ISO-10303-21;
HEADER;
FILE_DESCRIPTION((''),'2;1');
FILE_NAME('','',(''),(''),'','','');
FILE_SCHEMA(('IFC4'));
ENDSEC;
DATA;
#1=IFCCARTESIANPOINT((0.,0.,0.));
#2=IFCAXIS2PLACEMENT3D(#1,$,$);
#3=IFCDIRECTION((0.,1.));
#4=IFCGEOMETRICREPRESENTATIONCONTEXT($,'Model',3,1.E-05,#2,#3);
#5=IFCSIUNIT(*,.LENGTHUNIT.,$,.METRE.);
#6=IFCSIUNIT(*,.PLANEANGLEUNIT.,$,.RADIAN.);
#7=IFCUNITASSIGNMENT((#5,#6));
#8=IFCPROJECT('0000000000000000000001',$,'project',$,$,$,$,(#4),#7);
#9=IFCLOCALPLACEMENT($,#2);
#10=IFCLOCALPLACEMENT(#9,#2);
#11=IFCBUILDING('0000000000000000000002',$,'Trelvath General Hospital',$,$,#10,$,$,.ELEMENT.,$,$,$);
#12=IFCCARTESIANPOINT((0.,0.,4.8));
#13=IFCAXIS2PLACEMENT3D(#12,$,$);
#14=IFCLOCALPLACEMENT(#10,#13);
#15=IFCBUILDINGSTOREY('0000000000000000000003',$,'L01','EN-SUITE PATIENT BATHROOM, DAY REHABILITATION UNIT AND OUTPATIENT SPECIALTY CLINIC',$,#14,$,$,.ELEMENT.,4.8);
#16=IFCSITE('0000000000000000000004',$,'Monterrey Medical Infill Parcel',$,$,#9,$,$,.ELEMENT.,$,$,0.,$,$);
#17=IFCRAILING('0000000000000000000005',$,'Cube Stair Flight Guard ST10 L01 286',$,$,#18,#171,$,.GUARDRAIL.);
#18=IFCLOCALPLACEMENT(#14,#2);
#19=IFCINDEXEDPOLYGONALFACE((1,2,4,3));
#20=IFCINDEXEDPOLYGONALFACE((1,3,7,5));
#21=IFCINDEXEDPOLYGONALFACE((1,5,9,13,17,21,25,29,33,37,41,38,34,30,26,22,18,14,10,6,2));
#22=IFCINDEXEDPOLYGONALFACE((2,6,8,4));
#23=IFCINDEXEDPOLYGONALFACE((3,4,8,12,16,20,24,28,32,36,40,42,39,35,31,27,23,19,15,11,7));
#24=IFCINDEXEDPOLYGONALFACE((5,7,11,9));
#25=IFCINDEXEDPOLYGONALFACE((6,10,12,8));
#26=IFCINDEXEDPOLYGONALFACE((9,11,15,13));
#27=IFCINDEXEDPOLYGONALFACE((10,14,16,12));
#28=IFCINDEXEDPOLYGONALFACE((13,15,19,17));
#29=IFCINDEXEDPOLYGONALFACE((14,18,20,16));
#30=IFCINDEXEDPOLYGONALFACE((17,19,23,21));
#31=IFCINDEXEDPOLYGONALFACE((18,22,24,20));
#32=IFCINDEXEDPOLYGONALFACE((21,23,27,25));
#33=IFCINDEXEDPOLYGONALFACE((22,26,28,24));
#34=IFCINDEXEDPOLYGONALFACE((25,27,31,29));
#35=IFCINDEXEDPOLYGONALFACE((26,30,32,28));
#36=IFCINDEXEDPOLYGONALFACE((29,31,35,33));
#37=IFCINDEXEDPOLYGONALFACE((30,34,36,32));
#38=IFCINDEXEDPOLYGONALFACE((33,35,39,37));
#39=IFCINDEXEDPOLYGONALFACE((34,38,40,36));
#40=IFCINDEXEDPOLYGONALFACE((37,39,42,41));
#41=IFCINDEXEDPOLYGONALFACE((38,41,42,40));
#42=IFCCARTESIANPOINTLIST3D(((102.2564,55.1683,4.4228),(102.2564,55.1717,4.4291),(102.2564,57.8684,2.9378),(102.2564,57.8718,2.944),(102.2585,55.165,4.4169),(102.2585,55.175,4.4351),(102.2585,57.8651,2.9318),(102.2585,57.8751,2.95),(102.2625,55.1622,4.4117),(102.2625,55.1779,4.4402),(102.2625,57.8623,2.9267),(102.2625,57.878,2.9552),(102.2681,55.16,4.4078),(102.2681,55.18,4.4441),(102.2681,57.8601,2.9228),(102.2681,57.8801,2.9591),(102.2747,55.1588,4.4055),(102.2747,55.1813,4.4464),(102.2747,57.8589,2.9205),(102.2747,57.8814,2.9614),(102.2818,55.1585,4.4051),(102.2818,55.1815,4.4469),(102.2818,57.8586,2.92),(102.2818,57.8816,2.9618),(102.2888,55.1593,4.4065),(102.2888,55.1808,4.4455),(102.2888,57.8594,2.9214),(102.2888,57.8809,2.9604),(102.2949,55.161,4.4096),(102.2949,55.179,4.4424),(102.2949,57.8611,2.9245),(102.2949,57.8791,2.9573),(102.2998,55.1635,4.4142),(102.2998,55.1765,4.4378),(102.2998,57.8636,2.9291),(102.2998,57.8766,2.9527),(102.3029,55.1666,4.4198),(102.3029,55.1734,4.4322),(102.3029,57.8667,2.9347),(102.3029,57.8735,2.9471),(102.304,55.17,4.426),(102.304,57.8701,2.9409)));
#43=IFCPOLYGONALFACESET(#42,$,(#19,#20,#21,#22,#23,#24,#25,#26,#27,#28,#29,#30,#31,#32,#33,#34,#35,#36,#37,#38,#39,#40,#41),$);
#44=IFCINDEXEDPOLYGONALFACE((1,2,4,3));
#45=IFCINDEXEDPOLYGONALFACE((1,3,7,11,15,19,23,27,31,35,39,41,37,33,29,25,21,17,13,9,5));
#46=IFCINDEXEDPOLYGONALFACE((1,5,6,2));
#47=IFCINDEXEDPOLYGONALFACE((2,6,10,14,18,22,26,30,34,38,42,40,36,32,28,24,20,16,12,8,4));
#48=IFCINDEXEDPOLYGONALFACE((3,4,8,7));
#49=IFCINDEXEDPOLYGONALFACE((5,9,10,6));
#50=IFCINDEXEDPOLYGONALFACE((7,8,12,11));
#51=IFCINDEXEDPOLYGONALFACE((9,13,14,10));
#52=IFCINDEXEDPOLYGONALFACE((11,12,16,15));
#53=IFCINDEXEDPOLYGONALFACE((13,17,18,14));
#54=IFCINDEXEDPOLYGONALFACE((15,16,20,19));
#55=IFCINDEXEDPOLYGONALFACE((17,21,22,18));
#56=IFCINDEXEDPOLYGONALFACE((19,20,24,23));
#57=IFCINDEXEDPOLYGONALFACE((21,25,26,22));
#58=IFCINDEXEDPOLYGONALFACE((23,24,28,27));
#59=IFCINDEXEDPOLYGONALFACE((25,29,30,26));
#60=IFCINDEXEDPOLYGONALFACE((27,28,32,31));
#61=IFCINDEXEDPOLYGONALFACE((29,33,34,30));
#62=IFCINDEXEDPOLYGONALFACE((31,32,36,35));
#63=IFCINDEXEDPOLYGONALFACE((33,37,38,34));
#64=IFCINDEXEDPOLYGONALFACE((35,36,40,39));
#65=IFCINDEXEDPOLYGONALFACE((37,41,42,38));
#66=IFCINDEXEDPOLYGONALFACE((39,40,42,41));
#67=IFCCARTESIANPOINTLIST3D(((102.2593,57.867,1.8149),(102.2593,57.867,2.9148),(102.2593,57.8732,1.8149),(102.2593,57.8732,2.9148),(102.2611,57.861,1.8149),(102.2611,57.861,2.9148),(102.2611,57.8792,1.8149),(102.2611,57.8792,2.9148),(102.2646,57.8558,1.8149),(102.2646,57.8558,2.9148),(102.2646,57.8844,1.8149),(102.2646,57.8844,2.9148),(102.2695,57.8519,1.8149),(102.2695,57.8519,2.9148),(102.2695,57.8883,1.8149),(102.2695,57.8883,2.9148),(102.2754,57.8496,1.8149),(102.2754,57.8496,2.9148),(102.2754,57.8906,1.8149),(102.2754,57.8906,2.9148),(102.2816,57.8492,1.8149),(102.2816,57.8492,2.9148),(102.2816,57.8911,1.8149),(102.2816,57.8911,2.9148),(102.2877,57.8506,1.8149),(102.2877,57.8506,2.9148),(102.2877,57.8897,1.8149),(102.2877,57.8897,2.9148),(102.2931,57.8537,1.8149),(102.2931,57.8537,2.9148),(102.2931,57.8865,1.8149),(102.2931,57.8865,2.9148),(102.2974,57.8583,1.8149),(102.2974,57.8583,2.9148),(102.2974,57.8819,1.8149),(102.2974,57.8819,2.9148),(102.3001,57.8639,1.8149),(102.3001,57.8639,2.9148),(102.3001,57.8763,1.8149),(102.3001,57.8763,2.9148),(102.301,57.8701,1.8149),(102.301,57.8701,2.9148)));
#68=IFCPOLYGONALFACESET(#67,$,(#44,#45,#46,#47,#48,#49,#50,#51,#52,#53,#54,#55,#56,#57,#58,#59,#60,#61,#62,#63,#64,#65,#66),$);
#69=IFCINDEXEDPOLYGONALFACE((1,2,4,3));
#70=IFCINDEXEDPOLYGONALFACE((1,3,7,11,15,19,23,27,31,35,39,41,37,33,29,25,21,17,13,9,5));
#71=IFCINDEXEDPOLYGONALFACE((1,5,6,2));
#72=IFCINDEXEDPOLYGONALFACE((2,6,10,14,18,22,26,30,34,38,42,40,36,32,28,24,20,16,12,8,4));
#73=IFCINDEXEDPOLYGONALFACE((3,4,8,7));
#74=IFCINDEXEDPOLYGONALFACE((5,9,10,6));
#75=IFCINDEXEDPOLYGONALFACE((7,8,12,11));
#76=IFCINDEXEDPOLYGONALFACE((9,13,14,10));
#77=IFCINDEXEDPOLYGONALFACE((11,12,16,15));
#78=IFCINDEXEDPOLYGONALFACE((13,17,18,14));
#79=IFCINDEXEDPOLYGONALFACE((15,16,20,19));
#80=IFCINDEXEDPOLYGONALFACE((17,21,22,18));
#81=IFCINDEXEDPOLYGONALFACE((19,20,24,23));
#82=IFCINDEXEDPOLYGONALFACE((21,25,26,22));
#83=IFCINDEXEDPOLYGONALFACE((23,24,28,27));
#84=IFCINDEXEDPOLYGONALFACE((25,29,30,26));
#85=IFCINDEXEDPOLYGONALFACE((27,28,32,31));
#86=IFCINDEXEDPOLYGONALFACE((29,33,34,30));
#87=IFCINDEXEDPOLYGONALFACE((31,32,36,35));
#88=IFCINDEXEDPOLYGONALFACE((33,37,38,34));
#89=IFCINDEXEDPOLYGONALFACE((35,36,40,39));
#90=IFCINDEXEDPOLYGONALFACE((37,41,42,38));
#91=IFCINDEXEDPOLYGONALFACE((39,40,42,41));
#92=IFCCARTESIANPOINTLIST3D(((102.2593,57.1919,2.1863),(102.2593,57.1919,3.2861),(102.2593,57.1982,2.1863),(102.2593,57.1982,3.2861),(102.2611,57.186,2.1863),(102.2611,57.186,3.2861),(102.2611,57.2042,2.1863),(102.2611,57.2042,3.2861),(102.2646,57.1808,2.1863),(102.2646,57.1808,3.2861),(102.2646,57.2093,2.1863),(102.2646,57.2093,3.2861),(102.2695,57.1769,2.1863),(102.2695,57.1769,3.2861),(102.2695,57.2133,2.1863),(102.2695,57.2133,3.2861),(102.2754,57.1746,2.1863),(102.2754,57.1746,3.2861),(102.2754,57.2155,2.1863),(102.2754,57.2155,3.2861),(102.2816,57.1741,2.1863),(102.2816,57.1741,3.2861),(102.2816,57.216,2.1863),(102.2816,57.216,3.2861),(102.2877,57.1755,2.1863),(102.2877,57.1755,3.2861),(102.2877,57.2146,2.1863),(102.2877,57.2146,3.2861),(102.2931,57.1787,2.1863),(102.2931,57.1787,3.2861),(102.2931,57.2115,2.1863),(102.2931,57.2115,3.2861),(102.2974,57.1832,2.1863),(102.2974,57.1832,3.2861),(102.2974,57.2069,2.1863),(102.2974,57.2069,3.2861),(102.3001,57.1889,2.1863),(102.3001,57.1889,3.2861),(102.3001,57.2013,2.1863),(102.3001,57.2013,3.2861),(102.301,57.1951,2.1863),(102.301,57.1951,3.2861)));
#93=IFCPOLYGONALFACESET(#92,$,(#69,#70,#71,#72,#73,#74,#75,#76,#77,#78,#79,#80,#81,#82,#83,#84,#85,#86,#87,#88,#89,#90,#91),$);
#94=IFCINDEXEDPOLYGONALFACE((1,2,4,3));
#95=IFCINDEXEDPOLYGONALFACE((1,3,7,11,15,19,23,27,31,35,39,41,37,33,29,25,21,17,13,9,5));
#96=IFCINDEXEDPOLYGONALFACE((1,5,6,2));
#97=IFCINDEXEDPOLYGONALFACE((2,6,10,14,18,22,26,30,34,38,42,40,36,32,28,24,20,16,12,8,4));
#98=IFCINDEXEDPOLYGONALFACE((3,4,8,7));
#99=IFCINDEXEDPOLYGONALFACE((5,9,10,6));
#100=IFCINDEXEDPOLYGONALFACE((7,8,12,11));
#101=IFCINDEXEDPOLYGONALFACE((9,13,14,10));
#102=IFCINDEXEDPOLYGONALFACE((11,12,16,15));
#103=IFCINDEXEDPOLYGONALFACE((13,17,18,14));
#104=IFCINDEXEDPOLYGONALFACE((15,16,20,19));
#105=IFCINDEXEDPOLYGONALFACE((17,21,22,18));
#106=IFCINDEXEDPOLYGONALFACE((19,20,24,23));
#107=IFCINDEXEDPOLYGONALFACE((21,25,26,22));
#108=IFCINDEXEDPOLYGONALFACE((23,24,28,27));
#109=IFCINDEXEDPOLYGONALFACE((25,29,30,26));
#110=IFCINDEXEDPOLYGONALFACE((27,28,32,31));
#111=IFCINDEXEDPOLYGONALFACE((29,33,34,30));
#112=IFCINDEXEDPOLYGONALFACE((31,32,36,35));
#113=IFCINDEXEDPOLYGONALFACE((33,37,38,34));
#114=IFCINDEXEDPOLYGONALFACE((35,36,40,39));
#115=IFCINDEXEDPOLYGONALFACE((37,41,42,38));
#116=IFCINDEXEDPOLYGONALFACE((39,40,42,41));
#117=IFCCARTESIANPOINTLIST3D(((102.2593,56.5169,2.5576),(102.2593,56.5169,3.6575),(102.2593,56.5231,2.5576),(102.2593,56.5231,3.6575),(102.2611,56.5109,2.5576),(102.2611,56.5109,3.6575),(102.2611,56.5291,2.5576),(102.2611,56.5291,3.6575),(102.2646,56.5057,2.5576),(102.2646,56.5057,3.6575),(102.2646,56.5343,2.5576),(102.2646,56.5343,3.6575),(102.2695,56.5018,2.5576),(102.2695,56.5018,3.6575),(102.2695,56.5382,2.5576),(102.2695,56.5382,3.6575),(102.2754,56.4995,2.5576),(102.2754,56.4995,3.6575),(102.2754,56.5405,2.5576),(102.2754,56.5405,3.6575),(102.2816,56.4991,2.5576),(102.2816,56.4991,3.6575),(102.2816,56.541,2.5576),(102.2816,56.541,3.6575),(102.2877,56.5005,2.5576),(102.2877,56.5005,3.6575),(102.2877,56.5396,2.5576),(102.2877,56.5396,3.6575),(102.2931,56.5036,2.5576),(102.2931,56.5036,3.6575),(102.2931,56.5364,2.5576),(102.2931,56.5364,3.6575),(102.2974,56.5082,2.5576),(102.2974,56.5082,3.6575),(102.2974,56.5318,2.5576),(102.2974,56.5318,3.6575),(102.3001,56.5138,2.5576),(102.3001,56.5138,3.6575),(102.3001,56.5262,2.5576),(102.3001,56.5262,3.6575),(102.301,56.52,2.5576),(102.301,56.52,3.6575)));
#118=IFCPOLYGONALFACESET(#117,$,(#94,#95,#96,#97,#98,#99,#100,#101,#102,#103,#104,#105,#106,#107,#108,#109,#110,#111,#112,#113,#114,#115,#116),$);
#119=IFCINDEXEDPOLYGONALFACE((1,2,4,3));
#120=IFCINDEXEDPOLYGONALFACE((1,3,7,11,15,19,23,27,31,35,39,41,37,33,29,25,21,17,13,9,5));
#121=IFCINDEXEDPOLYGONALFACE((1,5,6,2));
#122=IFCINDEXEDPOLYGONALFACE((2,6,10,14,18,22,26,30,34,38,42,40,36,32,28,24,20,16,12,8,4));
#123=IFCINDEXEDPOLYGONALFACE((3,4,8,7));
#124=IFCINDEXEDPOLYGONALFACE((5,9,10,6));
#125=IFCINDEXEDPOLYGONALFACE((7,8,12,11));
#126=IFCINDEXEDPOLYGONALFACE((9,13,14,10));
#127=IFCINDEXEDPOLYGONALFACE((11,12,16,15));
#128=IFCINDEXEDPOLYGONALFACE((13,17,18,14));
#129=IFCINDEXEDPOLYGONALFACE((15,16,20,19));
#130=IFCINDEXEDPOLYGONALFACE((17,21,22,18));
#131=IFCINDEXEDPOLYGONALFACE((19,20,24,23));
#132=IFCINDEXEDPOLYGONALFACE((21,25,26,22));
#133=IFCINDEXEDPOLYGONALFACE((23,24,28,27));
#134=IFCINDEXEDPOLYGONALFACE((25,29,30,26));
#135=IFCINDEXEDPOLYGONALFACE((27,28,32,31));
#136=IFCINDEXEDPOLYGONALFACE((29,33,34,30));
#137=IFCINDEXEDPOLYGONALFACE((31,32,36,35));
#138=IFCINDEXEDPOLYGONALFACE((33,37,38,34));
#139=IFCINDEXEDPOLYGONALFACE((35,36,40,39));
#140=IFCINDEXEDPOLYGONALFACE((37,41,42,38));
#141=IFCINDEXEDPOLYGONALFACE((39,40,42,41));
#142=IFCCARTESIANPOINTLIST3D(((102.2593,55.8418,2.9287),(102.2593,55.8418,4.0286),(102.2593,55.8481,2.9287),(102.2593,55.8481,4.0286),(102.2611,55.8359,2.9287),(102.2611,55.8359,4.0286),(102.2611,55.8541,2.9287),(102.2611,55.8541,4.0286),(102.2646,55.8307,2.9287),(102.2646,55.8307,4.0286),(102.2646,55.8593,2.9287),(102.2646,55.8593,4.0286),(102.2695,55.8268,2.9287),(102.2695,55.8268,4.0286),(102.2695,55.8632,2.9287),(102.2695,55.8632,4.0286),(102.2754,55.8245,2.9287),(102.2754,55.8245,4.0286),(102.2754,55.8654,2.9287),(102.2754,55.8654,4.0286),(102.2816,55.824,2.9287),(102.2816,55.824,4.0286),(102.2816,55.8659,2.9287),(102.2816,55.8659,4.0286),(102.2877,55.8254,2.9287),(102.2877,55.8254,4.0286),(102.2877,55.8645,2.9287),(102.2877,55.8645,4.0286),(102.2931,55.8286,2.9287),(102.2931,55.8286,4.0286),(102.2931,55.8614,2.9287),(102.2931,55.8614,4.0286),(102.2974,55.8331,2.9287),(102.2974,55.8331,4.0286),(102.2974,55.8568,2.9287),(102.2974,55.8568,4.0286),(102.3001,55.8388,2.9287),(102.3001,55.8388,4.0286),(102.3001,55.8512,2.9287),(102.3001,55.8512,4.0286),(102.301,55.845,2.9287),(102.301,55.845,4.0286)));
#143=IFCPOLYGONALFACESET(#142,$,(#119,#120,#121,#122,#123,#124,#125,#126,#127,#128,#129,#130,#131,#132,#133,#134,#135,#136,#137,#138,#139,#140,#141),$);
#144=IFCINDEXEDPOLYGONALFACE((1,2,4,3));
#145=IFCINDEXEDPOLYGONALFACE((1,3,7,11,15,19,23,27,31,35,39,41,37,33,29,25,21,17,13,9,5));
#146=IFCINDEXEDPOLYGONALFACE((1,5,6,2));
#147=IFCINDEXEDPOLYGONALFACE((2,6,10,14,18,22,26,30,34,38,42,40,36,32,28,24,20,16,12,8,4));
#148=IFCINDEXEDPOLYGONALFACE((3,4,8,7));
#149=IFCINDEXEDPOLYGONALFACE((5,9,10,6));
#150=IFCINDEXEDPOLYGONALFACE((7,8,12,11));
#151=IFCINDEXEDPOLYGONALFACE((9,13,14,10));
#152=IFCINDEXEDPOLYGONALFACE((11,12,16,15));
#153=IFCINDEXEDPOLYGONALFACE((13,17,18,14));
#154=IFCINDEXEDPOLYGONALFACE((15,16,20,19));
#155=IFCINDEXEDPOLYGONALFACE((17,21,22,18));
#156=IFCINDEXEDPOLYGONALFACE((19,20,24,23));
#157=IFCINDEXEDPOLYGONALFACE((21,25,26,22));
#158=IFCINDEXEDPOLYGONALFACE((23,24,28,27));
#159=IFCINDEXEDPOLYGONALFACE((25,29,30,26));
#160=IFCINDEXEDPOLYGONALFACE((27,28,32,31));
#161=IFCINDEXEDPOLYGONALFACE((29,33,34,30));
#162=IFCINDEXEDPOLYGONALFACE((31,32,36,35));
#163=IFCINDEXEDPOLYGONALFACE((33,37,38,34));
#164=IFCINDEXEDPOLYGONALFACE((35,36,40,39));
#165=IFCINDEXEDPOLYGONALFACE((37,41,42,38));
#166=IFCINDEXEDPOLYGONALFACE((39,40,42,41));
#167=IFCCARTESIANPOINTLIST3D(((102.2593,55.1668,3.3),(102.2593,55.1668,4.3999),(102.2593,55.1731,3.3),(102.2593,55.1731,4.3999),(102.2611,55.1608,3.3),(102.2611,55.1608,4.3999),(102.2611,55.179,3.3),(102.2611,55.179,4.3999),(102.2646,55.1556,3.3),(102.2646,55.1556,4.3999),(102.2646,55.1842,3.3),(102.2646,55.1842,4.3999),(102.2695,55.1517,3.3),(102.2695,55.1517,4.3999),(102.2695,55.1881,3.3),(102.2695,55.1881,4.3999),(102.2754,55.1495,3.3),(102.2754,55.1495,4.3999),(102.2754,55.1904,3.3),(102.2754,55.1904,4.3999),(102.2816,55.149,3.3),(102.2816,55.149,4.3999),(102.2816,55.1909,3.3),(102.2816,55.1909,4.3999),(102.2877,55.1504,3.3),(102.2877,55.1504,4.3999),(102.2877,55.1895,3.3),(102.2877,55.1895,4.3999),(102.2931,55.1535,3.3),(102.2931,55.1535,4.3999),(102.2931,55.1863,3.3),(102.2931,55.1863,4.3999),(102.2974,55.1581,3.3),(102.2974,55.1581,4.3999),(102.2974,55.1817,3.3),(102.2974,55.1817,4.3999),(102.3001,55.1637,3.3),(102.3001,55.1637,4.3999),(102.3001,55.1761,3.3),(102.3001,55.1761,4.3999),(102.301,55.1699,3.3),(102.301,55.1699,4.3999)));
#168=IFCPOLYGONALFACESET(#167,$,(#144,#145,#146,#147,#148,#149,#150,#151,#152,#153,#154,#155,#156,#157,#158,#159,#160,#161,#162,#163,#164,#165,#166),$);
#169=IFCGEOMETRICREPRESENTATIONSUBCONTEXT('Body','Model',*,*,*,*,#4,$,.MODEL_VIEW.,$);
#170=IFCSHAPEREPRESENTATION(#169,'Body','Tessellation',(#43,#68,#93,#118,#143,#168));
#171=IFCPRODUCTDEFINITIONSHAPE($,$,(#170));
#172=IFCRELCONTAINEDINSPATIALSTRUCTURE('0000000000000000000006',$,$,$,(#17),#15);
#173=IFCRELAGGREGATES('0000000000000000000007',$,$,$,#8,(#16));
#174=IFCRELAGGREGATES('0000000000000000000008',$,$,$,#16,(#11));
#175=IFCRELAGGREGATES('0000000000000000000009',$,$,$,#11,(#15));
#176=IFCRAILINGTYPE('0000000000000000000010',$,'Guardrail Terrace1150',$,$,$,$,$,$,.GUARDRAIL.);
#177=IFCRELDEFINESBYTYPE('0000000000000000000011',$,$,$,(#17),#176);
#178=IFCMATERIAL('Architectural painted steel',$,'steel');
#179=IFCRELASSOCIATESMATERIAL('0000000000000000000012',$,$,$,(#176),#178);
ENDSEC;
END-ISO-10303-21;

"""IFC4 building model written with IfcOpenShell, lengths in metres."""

from ifc_helpers import new_model, si_unit, direction, frame, origin, origin_2d, place, context, subcontext, project, spatial, circle, extrude, material, type_object, element, save


model = new_model("IFC4")

# Units and contexts
model_context = context("Model", 3, precision=1e-05, world=origin(), true_north=direction((0.0, 1.0)))
body_context = subcontext(model_context, "Body", "Model", "MODEL_VIEW")
ifc_project = project(units=[si_unit("LENGTHUNIT", "METRE"), si_unit("PLANEANGLEUNIT", "RADIAN")], contexts=[model_context])

# Site, building, storey
site_placement = place(None, origin())
site = spatial("IfcSite", under=ifc_project, at=site_placement, Name="Monterrey Medical Infill Parcel", CompositionType="ELEMENT", RefElevation=0.0)
building_placement = place(site_placement, origin())
building = spatial("IfcBuilding", under=site, at=building_placement, Name="Trelvath General Hospital", CompositionType="ELEMENT")
storey_placement = place(building_placement, frame((0.0, 0.0, 4.8)))
storey = spatial("IfcBuildingStorey", under=building, at=storey_placement, Name="L01", Description="EN-SUITE PATIENT BATHROOM, DAY REHABILITATION UNIT AND OUTPATIENT SPECIALTY CLINIC", CompositionType="ELEMENT", Elevation=4.8)

# Railing
ifc_material_1 = material(Name="Architectural painted steel", Category="steel")
railing_type = type_object("IfcRailingType", Name="Guardrail Terrace1150", PredefinedType="GUARDRAIL", material=ifc_material_1)
for number, where, name in (
    (1, (102.28, 57.8701, 1.8149), "Cube Stair Flight Guard ST10 L01 286"),
):
    element("IfcRailing", number, at=place(storey_placement, frame(where)), inside=storey, type_object=railing_type, Name=name, PredefinedType="GUARDRAIL", context=body_context, shape_type="SweptSolid", body=[
        extrude(circle(Radius=0.0239, at=origin_2d()), frame((0.0, 0.0, 1.126), z_axis=(0.0, -0.876216, 0.481919), x_axis=(1.0, 0.0, 0.0)), (0.0, 0.0, 1.0), 3.0815),
        extrude(circle(Radius=0.021, at=origin_2d()), origin(), (0.0, 0.0, 1.0), 1.0999),
        extrude(circle(Radius=0.021, at=origin_2d()), frame((0.0, -0.675, 0.3713)), (0.0, 0.0, 1.0), 1.0999),
        extrude(circle(Radius=0.021, at=origin_2d()), frame((0.0, -1.3501, 0.7427)), (0.0, 0.0, 1.0), 1.0999),
        extrude(circle(Radius=0.021, at=origin_2d()), frame((0.0, -2.0251, 1.1138)), (0.0, 0.0, 1.0), 1.0999),
        extrude(circle(Radius=0.021, at=origin_2d()), frame((0.0, -2.7002, 1.4851)), (0.0, 0.0, 1.0), 1.0999),
    ])

save(model, "model.ifc")
